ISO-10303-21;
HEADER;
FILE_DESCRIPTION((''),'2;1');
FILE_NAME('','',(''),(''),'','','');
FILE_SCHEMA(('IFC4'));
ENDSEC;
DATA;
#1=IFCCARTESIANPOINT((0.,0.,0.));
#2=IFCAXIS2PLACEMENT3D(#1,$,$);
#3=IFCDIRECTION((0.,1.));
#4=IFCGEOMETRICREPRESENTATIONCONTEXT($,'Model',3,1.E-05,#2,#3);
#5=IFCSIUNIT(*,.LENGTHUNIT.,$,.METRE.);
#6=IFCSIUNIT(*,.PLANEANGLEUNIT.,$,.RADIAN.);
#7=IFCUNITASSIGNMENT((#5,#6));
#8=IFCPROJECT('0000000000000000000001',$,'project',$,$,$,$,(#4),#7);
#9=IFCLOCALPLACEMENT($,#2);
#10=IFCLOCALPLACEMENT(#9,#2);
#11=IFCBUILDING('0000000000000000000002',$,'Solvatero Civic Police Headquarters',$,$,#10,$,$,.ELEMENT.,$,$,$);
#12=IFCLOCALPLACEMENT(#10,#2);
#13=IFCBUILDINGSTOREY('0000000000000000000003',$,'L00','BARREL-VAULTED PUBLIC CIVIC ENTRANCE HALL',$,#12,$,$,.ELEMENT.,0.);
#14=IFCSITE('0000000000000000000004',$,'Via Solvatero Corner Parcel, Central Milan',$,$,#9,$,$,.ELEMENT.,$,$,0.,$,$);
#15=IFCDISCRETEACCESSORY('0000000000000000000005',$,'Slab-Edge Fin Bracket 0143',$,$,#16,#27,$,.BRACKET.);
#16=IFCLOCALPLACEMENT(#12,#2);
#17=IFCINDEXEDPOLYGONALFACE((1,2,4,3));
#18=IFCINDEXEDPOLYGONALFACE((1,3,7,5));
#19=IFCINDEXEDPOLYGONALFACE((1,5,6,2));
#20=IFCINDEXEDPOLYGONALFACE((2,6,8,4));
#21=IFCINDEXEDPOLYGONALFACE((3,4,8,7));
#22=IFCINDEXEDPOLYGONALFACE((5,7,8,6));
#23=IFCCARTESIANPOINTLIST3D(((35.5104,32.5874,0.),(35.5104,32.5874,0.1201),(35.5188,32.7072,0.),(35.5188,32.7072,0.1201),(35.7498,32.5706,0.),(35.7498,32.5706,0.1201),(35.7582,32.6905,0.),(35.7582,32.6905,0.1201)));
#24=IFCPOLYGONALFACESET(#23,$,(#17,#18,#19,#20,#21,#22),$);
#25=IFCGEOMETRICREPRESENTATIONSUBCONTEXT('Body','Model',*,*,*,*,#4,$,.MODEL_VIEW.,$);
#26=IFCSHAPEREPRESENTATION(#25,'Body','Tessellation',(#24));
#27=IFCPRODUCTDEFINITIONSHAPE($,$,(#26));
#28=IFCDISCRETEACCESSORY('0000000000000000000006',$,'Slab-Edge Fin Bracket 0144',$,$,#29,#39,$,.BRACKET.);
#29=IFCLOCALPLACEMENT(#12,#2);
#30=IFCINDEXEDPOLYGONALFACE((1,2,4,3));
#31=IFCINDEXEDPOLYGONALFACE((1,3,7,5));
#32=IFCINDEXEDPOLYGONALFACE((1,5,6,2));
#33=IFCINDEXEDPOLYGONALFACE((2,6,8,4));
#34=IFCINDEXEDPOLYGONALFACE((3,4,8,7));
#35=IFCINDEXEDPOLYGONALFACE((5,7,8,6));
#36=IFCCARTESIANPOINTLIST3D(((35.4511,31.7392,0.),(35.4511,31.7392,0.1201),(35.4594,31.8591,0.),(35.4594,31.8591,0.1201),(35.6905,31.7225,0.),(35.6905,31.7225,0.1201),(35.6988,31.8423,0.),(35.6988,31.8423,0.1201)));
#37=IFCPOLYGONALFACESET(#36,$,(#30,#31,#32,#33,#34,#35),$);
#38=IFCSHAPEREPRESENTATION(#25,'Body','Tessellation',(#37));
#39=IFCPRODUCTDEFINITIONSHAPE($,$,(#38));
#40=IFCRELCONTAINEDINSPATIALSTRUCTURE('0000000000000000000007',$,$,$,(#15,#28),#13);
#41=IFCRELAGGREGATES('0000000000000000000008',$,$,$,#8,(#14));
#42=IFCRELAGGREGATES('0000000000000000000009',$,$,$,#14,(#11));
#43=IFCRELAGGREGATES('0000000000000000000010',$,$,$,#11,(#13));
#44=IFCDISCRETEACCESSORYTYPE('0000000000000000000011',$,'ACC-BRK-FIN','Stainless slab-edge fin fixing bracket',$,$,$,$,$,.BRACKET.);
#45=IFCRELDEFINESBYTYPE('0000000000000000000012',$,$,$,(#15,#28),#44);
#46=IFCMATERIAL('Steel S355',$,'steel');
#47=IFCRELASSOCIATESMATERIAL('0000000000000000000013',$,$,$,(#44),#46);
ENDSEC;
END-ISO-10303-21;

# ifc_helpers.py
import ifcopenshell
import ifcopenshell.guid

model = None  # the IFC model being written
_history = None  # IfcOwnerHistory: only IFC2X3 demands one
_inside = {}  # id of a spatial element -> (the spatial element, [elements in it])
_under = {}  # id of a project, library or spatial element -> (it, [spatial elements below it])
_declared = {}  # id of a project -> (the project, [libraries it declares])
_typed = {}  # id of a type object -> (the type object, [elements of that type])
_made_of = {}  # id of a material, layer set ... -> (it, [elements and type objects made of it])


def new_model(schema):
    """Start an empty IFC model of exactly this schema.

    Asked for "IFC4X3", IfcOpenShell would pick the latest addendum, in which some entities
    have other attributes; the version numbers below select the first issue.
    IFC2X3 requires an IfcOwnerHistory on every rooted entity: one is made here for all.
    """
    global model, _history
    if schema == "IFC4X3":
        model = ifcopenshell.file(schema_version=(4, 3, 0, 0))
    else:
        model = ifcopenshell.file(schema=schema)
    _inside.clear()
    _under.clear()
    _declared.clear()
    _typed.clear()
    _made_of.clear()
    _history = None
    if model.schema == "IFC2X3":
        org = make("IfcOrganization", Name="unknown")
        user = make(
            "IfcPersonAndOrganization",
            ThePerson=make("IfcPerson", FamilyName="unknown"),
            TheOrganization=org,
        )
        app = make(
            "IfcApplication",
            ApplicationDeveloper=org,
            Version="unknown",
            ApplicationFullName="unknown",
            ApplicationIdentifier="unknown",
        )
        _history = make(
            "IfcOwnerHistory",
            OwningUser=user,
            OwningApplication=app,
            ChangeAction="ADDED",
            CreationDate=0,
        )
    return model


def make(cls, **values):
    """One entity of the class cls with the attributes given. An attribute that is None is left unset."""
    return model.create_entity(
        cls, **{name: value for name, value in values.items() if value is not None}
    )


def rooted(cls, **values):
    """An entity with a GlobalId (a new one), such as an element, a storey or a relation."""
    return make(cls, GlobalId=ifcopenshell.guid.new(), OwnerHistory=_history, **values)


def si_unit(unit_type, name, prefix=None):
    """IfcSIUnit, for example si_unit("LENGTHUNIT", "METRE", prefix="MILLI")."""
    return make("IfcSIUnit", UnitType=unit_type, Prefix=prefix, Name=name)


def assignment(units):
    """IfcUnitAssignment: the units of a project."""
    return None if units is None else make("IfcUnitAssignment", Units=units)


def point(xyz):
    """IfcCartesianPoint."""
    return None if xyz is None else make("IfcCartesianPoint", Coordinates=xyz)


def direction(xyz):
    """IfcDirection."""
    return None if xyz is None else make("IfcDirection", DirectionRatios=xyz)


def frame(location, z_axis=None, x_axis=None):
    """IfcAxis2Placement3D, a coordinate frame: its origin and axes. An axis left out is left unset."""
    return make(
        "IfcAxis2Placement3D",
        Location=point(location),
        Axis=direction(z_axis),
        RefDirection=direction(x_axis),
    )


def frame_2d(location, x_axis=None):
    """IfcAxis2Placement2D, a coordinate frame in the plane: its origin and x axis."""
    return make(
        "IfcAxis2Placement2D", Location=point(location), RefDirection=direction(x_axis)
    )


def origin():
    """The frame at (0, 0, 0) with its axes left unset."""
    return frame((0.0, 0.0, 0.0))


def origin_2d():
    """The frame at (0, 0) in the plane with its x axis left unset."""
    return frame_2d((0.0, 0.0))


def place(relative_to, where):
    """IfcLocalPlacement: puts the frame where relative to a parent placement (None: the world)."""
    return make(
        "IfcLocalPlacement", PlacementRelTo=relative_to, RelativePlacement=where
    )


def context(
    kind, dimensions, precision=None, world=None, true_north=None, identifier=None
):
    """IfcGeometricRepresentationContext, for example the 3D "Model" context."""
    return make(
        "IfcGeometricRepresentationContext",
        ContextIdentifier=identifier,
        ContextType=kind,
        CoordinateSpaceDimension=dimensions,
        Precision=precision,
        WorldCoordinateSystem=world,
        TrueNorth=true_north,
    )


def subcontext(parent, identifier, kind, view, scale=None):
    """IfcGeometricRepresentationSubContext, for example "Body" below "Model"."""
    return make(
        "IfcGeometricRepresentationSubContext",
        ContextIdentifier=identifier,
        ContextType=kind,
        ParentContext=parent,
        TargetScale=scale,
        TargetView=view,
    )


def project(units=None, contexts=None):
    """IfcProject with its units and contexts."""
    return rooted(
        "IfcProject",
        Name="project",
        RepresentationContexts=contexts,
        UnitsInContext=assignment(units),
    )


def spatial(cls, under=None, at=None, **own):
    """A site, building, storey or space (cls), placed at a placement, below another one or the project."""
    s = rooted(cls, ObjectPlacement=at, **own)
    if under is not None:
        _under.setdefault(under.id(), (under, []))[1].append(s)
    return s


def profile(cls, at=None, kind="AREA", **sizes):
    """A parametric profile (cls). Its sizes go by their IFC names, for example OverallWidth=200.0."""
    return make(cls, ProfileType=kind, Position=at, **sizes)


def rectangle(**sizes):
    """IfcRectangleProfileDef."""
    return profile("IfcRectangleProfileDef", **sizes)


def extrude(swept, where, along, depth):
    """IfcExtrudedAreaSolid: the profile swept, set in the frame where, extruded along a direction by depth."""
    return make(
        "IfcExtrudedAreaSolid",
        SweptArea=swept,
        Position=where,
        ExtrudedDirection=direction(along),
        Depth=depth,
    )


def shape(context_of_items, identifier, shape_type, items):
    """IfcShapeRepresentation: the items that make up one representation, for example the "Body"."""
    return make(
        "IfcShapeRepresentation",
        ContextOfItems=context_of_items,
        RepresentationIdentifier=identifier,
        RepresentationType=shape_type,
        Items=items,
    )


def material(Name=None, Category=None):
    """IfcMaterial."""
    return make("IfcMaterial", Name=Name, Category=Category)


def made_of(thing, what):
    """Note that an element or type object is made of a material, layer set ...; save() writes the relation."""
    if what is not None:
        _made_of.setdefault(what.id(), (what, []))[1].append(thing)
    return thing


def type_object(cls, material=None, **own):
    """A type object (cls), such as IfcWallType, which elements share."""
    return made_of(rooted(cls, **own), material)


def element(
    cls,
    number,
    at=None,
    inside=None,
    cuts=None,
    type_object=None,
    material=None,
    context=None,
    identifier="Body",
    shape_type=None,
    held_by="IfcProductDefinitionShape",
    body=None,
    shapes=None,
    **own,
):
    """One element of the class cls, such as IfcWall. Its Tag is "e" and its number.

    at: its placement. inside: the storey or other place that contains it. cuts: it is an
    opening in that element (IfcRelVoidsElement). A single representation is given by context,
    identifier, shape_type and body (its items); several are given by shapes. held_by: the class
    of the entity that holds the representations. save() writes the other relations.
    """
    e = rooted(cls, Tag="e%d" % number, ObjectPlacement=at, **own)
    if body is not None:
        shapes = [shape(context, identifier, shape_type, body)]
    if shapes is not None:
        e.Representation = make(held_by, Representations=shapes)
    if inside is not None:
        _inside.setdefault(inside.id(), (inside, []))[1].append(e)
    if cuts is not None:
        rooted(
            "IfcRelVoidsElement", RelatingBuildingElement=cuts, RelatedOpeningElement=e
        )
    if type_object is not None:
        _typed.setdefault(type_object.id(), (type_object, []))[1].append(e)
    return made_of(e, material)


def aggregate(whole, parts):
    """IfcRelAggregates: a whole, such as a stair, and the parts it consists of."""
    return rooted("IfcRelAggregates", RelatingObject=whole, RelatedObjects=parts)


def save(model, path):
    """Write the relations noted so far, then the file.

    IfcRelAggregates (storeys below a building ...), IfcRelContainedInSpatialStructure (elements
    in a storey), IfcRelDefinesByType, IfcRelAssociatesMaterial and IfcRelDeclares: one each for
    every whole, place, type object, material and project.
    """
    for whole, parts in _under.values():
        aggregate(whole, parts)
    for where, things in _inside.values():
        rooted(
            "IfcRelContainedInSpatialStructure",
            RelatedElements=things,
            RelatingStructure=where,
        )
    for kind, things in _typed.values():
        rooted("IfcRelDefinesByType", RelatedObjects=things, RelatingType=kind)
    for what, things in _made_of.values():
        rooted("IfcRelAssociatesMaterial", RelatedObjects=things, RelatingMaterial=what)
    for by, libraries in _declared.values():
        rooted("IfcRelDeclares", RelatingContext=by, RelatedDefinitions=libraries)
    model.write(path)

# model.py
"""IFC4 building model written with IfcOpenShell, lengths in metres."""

from ifc_helpers import new_model, si_unit, direction, frame, origin, origin_2d, place, context, subcontext, project, spatial, rectangle, extrude, material, type_object, element, save


model = new_model("IFC4")

# Units and contexts
model_context = context("Model", 3, precision=1e-05, world=origin(), true_north=direction((0.0, 1.0)))
body_context = subcontext(model_context, "Body", "Model", "MODEL_VIEW")
ifc_project = project(units=[si_unit("LENGTHUNIT", "METRE"), si_unit("PLANEANGLEUNIT", "RADIAN")], contexts=[model_context])

# Site, building, storey
site_placement = place(None, origin())
site = spatial("IfcSite", under=ifc_project, at=site_placement, Name="Via Solvatero Corner Parcel, Central Milan", CompositionType="ELEMENT", RefElevation=0.0)
building_placement = place(site_placement, origin())
building = spatial("IfcBuilding", under=site, at=building_placement, Name="Solvatero Civic Police Headquarters", CompositionType="ELEMENT")
storey_placement = place(building_placement, origin())
storey = spatial("IfcBuildingStorey", under=building, at=storey_placement, Name="L00", Description="BARREL-VAULTED PUBLIC CIVIC ENTRANCE HALL", CompositionType="ELEMENT", Elevation=0.0)

# Shared definitions
ifc_material_1 = material(Name="Steel S355", Category="steel")

# Discrete accessories
discrete_accessory_type = type_object("IfcDiscreteAccessoryType", Name="ACC-BRK-FIN", Description="Stainless slab-edge fin fixing bracket", PredefinedType="BRACKET", material=ifc_material_1)
for number, where, z_axis, x_axis, name in (
    (1, (35.6343, 32.6389, 0.0), (0.0, 0.0, 1.0), (-0.069756, -0.997564, 0.0), "Slab-Edge Fin Bracket 0143"),
    (2, (35.575, 31.7908, 0.0), (0.0, 0.0, 1.0), (-0.069756, -0.997564, 0.0), "Slab-Edge Fin Bracket 0144"),
):
    element("IfcDiscreteAccessory", number, at=place(storey_placement, frame(where, z_axis=z_axis, x_axis=x_axis)), inside=storey, type_object=discrete_accessory_type, Name=name, PredefinedType="BRACKET", context=body_context, shape_type="SweptSolid", body=[
        extrude(rectangle(XDim=0.1201, YDim=0.24, at=origin_2d()), origin(), (0.0, 0.0, 1.0), 0.1201),
    ])

save(model, "model.ifc")
